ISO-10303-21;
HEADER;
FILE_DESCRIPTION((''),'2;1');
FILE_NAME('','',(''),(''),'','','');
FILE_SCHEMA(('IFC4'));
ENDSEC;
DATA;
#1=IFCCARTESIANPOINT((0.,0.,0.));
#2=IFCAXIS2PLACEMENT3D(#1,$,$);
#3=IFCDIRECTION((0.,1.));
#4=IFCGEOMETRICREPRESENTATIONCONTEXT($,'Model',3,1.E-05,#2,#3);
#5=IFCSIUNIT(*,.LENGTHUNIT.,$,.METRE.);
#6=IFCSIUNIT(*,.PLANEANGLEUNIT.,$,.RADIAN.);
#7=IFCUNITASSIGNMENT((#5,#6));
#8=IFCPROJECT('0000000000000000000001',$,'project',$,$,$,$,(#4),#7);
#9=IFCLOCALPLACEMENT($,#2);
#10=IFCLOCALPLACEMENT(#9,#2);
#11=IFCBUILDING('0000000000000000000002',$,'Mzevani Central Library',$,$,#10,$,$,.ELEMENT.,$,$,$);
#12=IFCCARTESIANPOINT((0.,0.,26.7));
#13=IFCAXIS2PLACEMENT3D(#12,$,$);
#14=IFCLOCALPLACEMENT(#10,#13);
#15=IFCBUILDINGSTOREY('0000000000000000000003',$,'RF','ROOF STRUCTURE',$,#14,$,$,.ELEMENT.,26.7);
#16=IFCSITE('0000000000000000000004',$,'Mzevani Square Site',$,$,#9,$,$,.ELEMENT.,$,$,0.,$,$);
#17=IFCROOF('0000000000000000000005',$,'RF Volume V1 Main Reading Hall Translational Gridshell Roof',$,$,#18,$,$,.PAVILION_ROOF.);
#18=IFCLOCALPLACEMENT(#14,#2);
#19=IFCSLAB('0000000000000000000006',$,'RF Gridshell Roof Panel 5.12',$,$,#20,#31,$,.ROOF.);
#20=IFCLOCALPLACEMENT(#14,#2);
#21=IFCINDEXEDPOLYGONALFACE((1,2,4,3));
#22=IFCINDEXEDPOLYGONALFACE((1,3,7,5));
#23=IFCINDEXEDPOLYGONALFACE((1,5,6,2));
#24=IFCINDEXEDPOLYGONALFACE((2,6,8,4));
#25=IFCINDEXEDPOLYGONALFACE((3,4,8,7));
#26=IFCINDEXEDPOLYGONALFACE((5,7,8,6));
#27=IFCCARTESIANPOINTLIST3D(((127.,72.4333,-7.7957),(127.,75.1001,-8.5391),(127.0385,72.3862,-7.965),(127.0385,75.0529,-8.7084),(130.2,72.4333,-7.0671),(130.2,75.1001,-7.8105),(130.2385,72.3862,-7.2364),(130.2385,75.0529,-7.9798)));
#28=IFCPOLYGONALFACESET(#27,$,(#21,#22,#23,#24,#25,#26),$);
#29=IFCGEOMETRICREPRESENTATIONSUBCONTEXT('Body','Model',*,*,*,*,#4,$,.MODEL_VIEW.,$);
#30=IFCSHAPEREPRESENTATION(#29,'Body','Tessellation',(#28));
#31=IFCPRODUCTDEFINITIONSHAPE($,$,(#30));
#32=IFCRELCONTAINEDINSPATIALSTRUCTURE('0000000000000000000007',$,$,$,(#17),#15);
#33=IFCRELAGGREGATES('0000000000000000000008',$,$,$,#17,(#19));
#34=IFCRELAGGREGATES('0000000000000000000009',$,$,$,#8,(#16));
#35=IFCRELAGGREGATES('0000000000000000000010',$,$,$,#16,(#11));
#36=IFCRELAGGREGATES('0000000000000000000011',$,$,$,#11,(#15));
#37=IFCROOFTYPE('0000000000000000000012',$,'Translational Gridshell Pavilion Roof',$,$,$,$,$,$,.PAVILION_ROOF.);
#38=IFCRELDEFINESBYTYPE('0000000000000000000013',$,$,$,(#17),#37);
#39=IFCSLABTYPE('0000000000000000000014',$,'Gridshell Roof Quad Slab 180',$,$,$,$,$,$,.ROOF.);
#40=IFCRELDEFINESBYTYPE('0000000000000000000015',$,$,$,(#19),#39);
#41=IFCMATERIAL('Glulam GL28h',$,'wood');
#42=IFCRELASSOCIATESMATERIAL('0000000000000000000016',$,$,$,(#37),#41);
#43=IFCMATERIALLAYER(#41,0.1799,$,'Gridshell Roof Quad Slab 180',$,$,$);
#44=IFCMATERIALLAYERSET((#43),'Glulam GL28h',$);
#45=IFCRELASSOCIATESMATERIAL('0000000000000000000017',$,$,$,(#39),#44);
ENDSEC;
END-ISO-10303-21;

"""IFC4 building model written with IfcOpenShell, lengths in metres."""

from ifc_helpers import new_model, si_unit, direction, frame, origin, place, context, subcontext, project, spatial, polyline, outline, extrude, material, layer, layer_set, type_object, element, aggregate, save


model = new_model("IFC4")

# Units and contexts
model_context = context("Model", 3, precision=1e-05, world=origin(), true_north=direction((0.0, 1.0)))
body_context = subcontext(model_context, "Body", "Model", "MODEL_VIEW")
ifc_project = project(units=[si_unit("LENGTHUNIT", "METRE"), si_unit("PLANEANGLEUNIT", "RADIAN")], contexts=[model_context])

# Site, building, storey
site_placement = place(None, origin())
site = spatial("IfcSite", under=ifc_project, at=site_placement, Name="Mzevani Square Site", CompositionType="ELEMENT", RefElevation=0.0)
building_placement = place(site_placement, origin())
building = spatial("IfcBuilding", under=site, at=building_placement, Name="Mzevani Central Library", CompositionType="ELEMENT")
storey_placement = place(building_placement, frame((0.0, 0.0, 26.7)))
storey = spatial("IfcBuildingStorey", under=building, at=storey_placement, Name="RF", Description="ROOF STRUCTURE", CompositionType="ELEMENT", Elevation=26.7)

# Shared definitions
ifc_material_1 = material(Name="Glulam GL28h", Category="wood")

# Roof, slab
roof_type = type_object("IfcRoofType", Name="Translational Gridshell Pavilion Roof", PredefinedType="PAVILION_ROOF", material=ifc_material_1)
roof_placement = place(storey_placement, origin())
roof = element("IfcRoof", 1, at=roof_placement, inside=storey, type_object=roof_type, Name="RF Volume V1 Main Reading Hall Translational Gridshell Roof", PredefinedType="PAVILION_ROOF")
ifc_layer_1 = layer(ifc_material_1, 0.1799, Name="Gridshell Roof Quad Slab 180")
ifc_layer_set_1 = layer_set([ifc_layer_1], Name="Glulam GL28h")
slab_type = type_object("IfcSlabType", Name="Gridshell Roof Quad Slab 180", PredefinedType="ROOF", material=ifc_layer_set_1)
slab_1_placement = place(storey_placement, frame((127.0, 72.4333, -7.7957), z_axis=(-0.214212, 0.262297, 0.940911), x_axis=(0.97505, 0.0, 0.221984)))
slab_1 = element("IfcSlab", 2, at=slab_1_placement, type_object=slab_type, Name="RF Gridshell Roof Panel 5.12", PredefinedType="ROOF", context=body_context, shape_type="SweptSolid", body=[
    extrude(outline(polyline([(0.0, 0.0), (3.2818, 0.0), (3.1168, 2.7635), (-0.165, 2.7635), (0.0, 0.0)])), origin(), (0.0, 0.0, -1.0), 0.1799),
])
aggregate(roof, [slab_1])

save(model, "model.ifc")
